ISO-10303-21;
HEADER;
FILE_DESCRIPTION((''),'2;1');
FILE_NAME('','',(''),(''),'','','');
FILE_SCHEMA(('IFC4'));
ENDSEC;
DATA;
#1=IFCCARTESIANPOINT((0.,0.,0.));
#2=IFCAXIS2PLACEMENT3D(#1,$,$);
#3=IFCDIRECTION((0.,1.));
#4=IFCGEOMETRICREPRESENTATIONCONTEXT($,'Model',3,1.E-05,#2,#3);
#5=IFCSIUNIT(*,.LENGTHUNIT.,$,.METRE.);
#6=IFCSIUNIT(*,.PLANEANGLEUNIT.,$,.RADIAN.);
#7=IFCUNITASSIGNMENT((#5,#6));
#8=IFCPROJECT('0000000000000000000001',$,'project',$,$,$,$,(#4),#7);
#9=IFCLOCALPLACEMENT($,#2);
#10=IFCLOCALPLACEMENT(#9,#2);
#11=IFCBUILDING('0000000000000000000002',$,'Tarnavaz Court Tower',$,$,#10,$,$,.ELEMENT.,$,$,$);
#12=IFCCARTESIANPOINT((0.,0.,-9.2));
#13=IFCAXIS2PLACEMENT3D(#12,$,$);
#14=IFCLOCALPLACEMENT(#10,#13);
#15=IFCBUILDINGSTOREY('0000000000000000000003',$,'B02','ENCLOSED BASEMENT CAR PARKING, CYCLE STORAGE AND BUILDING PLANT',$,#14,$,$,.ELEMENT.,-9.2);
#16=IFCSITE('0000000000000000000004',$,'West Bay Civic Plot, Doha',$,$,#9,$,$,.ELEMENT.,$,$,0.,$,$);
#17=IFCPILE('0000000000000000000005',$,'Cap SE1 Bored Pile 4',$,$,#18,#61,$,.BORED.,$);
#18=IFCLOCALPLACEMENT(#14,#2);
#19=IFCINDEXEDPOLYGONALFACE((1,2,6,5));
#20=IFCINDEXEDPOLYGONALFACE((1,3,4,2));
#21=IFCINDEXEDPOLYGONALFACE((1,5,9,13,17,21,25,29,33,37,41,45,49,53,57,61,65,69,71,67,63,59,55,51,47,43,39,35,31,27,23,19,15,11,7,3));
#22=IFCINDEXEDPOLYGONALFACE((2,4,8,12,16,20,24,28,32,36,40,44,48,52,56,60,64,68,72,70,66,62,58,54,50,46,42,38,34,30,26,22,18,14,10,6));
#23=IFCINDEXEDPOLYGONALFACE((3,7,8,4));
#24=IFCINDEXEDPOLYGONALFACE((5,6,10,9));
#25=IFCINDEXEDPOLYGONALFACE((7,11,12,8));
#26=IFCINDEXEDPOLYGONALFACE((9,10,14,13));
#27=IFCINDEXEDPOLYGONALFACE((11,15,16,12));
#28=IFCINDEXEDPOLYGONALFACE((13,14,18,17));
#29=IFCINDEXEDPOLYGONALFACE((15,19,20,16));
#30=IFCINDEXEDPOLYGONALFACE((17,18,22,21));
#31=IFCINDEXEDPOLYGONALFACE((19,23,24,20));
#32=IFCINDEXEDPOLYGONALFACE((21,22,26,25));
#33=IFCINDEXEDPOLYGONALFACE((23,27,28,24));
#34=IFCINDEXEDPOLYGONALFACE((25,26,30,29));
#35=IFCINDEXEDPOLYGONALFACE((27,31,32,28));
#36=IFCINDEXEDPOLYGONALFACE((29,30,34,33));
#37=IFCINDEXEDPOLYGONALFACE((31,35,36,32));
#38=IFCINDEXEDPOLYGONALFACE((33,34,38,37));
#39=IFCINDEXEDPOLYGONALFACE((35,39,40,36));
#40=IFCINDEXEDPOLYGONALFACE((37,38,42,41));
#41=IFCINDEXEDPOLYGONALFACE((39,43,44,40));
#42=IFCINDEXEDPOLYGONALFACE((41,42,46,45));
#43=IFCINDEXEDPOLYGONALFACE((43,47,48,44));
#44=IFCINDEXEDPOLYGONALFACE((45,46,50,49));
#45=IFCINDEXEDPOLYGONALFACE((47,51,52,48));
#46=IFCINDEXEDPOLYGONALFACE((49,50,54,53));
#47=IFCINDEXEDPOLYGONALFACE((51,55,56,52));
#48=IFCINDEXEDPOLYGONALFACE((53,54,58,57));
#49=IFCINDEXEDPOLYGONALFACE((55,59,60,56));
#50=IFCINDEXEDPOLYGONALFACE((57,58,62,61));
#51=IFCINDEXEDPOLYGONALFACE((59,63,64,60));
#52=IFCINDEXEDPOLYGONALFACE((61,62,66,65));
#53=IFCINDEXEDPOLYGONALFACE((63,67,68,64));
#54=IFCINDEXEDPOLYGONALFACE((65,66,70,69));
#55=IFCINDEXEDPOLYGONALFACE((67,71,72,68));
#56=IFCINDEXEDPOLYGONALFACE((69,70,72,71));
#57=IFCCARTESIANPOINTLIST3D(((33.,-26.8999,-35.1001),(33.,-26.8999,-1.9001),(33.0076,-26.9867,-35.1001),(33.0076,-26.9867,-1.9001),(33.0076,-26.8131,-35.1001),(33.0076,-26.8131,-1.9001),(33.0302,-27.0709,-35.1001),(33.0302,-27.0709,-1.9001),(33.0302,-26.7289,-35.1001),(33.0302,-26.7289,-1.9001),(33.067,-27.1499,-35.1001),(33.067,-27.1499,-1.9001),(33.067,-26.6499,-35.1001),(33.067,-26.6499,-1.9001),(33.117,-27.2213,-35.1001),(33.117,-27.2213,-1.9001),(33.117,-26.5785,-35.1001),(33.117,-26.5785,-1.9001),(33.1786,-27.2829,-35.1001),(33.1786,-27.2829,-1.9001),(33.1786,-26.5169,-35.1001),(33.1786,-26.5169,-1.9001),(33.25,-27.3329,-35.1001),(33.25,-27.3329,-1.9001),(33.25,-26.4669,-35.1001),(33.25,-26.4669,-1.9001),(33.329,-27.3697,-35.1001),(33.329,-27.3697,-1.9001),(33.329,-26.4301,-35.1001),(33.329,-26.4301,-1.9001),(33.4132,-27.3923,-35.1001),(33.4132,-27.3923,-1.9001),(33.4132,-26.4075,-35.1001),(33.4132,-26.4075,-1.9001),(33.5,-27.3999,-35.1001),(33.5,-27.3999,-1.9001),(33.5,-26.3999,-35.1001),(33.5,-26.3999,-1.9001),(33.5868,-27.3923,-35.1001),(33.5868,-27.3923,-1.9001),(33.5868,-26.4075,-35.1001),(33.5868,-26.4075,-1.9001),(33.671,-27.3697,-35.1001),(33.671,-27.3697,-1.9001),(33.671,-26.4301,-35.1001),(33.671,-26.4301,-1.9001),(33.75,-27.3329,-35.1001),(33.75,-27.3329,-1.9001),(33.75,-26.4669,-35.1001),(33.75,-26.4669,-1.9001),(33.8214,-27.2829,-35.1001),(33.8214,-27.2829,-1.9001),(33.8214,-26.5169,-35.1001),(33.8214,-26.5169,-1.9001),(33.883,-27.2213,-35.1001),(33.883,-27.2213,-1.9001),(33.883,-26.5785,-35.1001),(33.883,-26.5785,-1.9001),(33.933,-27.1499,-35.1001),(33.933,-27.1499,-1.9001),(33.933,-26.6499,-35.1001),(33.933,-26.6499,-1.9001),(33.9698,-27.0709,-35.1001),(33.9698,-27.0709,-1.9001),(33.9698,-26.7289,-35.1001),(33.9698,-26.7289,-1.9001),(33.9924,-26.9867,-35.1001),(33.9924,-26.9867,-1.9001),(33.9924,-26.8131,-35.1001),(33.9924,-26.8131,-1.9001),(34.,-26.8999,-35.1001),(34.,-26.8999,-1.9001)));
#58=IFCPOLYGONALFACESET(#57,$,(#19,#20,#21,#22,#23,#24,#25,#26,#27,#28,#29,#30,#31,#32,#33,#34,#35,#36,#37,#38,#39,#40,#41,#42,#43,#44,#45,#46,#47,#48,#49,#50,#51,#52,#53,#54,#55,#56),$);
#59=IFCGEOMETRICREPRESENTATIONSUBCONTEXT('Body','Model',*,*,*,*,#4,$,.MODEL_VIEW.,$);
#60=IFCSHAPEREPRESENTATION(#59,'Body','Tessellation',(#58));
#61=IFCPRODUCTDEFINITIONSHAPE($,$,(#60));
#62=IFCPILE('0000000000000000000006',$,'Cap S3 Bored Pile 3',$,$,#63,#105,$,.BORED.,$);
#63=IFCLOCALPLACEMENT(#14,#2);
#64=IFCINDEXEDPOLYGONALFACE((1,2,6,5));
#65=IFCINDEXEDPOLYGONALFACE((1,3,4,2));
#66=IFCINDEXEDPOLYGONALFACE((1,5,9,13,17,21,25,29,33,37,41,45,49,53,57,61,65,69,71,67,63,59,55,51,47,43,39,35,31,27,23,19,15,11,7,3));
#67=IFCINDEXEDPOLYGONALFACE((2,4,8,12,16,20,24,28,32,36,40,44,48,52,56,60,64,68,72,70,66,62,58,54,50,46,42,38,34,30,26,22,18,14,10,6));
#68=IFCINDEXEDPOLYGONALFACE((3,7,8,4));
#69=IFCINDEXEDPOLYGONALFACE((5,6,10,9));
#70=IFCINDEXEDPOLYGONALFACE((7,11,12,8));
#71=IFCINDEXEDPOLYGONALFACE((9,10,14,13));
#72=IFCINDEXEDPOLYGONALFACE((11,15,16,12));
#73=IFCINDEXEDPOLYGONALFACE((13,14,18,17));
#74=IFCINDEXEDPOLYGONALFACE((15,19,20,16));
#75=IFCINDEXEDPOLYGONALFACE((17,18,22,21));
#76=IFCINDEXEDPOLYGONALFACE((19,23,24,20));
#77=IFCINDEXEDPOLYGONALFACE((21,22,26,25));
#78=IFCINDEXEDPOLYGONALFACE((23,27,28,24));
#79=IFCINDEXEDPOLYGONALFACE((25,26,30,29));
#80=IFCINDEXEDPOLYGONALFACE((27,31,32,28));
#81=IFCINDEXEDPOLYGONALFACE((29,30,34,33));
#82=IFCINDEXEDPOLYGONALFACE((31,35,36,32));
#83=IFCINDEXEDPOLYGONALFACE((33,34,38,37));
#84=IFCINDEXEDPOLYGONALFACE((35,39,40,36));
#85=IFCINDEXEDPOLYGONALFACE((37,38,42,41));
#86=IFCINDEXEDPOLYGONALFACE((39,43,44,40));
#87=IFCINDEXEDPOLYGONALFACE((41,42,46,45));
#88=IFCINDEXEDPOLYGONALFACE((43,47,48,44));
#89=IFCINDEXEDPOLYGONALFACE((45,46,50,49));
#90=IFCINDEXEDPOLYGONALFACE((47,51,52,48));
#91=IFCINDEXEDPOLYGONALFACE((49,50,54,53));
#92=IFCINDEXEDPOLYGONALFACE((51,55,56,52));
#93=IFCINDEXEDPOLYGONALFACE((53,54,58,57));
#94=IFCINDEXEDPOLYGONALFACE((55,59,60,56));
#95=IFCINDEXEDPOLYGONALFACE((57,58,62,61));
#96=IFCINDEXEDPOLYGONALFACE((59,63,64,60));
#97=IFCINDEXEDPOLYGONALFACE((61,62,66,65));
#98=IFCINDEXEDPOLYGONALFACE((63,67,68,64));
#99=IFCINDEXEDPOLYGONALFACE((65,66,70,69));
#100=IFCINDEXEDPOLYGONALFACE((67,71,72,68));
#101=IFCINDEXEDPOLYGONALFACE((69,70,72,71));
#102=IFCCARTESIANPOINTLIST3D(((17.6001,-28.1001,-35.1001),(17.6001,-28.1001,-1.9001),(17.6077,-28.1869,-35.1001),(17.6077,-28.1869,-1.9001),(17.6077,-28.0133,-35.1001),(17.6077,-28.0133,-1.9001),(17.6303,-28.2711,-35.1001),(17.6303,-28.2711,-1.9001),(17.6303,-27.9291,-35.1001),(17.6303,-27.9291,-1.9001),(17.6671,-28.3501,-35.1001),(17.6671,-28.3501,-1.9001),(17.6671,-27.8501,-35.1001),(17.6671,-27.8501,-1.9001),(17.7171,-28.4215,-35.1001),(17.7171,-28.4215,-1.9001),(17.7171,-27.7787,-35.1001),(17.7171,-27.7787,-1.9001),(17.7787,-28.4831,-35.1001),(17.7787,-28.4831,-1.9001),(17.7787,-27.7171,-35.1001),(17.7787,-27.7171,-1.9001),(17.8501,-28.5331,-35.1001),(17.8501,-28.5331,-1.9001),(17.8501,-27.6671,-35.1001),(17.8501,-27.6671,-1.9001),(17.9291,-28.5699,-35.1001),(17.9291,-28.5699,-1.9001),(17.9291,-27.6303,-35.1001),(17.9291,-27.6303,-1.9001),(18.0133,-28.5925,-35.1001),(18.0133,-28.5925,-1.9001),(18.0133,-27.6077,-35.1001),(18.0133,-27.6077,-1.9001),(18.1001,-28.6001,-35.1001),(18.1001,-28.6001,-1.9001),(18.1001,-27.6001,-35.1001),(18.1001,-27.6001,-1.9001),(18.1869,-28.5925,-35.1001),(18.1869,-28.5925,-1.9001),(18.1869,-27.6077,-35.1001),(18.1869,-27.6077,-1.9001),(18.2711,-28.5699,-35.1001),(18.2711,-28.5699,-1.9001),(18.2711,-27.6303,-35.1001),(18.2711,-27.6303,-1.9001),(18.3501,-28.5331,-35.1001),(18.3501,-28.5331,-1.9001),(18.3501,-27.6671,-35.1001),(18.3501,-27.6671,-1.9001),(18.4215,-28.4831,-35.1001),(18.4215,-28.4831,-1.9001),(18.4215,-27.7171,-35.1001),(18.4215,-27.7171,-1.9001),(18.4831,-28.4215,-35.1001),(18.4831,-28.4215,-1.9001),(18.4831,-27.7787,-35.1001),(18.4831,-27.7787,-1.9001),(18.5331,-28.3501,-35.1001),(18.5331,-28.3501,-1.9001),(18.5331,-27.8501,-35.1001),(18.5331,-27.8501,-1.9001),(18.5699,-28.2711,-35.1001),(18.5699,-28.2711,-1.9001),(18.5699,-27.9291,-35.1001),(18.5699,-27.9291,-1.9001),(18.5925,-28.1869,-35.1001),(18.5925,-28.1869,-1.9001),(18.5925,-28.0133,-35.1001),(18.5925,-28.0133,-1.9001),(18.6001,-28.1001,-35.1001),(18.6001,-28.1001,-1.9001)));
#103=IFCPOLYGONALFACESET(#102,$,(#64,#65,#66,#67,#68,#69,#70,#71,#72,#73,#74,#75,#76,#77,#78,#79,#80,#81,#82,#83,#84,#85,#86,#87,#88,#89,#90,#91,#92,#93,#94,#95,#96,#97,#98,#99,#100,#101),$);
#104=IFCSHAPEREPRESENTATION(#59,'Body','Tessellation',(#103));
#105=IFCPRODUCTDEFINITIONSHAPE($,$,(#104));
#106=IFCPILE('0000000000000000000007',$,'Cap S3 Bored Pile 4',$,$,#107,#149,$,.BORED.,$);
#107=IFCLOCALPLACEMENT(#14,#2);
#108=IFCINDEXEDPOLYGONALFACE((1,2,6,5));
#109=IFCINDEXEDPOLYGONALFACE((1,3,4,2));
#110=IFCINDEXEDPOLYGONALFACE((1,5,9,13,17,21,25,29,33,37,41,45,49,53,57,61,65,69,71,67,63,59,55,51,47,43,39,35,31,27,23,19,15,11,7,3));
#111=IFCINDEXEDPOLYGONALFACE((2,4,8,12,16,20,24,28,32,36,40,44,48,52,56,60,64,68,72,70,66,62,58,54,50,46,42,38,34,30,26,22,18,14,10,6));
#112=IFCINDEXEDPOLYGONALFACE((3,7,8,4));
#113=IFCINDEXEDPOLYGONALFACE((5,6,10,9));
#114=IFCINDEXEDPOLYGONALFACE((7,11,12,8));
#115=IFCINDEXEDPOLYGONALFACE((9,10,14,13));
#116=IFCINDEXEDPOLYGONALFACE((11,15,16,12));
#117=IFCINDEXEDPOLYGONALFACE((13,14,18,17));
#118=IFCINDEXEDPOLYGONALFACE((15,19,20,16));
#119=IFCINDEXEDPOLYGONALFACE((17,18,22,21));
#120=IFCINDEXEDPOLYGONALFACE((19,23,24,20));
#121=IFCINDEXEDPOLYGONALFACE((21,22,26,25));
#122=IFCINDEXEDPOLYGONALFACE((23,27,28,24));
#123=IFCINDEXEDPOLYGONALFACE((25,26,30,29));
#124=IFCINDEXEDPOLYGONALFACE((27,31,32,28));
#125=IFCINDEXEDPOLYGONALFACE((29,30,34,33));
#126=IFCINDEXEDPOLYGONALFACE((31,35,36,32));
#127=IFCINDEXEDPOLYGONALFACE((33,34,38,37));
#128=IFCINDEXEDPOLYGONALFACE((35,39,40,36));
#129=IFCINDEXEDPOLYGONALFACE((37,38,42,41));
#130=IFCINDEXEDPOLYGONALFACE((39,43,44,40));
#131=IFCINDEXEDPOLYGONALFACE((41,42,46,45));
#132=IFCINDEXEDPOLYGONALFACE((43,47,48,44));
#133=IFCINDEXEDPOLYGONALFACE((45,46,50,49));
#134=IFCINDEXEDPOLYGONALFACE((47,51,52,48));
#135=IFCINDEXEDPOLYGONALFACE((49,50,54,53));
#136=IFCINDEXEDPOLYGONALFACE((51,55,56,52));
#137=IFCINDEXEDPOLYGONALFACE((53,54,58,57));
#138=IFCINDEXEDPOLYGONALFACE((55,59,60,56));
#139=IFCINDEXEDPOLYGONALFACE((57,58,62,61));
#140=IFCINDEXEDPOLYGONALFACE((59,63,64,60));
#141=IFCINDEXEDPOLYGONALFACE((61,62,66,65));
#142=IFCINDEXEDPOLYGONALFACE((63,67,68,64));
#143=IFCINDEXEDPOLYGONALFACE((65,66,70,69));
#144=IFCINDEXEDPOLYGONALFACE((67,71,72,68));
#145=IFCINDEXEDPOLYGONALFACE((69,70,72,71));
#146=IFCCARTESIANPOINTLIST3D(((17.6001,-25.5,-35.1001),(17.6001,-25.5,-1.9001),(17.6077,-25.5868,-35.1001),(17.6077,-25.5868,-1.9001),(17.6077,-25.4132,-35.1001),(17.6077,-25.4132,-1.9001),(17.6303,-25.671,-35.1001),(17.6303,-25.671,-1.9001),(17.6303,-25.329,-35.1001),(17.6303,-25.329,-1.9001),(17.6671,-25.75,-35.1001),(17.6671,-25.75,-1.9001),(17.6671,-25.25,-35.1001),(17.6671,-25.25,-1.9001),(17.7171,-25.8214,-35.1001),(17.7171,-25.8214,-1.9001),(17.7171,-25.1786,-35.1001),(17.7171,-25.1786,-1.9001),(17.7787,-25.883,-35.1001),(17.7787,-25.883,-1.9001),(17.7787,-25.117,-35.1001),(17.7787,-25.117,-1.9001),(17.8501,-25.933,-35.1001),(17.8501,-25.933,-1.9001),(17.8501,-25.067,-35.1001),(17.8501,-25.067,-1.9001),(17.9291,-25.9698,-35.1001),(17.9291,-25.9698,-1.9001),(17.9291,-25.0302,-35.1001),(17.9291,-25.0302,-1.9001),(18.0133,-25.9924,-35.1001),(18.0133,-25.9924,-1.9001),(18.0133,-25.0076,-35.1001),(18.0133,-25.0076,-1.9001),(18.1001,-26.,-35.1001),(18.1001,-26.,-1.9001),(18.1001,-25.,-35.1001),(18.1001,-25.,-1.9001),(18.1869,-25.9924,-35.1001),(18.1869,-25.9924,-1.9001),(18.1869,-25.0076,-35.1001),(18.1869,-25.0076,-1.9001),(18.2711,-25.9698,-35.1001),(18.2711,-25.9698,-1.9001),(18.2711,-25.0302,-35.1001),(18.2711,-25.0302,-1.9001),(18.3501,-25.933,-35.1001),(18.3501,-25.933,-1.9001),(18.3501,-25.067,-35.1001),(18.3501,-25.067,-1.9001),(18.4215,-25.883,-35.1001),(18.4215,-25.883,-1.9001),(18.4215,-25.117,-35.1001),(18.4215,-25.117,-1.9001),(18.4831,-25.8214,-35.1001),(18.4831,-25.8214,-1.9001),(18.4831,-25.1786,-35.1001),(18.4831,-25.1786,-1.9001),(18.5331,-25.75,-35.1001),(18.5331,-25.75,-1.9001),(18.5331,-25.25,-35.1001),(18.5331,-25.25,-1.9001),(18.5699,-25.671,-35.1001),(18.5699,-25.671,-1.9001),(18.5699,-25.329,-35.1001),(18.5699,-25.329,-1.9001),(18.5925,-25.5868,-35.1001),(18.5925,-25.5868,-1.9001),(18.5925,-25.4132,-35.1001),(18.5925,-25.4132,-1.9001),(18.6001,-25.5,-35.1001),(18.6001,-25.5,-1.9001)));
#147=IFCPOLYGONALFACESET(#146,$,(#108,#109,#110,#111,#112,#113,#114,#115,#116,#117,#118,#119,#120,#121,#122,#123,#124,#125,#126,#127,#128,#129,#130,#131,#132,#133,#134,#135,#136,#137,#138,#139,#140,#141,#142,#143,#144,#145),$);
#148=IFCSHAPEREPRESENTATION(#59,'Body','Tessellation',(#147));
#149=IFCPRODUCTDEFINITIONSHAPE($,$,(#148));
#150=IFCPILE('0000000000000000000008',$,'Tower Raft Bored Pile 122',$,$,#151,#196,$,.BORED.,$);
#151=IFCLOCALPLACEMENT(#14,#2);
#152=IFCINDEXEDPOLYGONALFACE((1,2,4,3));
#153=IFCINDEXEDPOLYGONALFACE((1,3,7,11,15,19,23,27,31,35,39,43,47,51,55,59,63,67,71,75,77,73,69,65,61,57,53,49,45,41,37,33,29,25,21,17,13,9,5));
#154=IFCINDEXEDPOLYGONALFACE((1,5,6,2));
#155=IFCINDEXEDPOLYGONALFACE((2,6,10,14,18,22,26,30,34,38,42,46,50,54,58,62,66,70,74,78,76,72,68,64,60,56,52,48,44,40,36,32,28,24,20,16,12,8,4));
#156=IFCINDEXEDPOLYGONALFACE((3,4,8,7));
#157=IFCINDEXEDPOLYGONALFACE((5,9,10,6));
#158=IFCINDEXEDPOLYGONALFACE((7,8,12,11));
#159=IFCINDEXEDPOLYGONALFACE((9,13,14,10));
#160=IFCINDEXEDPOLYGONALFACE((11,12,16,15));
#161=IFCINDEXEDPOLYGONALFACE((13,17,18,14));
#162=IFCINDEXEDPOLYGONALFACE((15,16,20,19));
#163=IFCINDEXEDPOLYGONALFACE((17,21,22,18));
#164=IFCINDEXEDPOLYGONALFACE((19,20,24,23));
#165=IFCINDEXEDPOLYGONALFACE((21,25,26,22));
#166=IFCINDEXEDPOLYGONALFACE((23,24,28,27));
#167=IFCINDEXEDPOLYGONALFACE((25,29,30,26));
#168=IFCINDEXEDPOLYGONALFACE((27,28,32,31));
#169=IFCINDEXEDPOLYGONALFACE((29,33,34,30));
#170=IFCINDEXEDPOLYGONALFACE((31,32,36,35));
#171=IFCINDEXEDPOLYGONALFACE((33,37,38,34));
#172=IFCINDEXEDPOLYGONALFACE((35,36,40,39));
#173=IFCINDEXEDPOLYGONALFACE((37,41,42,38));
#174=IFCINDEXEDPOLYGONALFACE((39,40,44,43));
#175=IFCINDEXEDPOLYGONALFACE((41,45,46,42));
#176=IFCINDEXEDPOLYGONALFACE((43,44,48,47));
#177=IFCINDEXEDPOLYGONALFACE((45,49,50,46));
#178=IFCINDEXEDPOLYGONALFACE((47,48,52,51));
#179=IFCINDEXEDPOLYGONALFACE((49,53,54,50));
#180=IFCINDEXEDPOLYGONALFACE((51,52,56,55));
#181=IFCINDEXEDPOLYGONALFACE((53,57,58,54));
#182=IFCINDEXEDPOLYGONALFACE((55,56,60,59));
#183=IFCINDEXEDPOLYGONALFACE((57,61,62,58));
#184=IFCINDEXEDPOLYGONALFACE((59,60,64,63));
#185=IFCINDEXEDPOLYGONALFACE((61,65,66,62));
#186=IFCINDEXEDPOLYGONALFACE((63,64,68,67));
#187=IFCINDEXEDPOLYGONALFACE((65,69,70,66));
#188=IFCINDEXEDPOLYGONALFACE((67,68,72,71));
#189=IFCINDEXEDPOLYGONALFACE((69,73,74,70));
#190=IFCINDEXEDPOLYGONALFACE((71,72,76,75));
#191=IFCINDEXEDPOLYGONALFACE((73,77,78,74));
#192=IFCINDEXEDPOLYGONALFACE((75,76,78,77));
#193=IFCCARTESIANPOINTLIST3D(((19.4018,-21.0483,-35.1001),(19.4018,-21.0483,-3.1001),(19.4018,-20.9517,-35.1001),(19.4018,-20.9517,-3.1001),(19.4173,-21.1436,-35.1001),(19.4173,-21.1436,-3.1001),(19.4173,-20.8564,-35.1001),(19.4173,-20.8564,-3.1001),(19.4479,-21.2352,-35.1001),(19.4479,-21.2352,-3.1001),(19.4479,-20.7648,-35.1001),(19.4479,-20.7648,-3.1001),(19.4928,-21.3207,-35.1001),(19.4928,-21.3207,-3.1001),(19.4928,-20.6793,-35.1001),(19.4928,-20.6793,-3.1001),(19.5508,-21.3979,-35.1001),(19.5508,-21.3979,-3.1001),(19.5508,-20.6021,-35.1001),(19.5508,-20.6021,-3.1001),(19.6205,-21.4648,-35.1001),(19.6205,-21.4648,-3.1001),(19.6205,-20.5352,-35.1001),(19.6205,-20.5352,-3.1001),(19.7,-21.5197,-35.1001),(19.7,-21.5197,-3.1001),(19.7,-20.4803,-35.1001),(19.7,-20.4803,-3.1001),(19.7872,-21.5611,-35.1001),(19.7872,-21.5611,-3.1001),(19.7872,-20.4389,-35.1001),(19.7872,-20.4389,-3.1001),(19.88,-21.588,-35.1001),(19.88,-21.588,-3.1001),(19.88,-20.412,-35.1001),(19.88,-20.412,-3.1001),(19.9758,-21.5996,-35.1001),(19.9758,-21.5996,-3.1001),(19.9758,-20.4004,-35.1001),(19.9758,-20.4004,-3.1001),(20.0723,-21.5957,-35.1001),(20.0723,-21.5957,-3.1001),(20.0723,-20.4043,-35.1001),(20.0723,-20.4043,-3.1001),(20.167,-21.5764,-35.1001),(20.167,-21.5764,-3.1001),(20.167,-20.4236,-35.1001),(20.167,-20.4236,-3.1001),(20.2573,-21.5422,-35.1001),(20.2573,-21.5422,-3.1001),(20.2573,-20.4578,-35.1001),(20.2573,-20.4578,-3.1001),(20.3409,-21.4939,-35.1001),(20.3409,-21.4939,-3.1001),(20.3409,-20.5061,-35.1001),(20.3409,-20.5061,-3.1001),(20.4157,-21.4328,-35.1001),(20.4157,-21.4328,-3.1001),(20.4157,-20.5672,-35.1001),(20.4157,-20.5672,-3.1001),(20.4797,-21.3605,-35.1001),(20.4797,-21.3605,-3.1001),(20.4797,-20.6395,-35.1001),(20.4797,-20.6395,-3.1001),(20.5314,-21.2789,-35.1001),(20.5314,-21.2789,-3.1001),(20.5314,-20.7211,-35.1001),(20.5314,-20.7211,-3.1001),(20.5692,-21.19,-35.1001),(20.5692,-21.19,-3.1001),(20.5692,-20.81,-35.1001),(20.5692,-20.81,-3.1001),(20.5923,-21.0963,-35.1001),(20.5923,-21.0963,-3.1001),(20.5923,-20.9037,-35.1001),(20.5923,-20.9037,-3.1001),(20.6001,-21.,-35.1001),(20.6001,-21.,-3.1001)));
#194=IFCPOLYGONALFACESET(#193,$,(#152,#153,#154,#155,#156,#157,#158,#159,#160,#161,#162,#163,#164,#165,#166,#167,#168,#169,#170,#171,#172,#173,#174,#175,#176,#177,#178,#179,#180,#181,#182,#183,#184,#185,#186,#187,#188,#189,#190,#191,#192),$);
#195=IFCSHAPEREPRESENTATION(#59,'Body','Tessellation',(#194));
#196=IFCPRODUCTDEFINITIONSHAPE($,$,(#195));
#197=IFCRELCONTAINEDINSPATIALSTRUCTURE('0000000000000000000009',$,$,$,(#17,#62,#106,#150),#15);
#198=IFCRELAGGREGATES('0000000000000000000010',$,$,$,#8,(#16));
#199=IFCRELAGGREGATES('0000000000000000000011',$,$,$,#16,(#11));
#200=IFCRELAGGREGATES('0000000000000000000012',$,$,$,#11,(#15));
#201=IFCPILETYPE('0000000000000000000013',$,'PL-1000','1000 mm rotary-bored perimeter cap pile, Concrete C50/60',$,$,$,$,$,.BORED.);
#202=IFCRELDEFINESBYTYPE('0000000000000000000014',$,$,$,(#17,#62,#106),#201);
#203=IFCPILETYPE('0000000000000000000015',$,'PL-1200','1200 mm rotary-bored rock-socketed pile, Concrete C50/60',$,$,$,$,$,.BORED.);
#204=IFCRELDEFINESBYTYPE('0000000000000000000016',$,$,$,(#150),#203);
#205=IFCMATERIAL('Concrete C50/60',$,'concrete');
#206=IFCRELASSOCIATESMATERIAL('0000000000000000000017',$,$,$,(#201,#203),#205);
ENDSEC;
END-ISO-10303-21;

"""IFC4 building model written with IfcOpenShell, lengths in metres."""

from ifc_helpers import new_model, si_unit, direction, frame, origin, origin_2d, place, context, subcontext, project, spatial, circle, extrude, material, material_profile, profile_set, type_object, element, save


model = new_model("IFC4")

# Units and contexts
model_context = context("Model", 3, precision=1e-05, world=origin(), true_north=direction((0.0, 1.0)))
body_context = subcontext(model_context, "Body", "Model", "MODEL_VIEW")
ifc_project = project(units=[si_unit("LENGTHUNIT", "METRE"), si_unit("PLANEANGLEUNIT", "RADIAN")], contexts=[model_context])

# Site, building, storey
site_placement = place(None, origin())
site = spatial("IfcSite", under=ifc_project, at=site_placement, Name="West Bay Civic Plot, Doha", CompositionType="ELEMENT", RefElevation=0.0)
building_placement = place(site_placement, origin())
building = spatial("IfcBuilding", under=site, at=building_placement, Name="Tarnavaz Court Tower", CompositionType="ELEMENT")
storey_placement = place(building_placement, frame((0.0, 0.0, -9.2)))
storey = spatial("IfcBuildingStorey", under=building, at=storey_placement, Name="B02", Description="ENCLOSED BASEMENT CAR PARKING, CYCLE STORAGE AND BUILDING PLANT", CompositionType="ELEMENT", Elevation=-9.2)

# Shared definitions
ifc_material_1 = material(Name="Concrete C50/60", Category="concrete")

# Piles
ifc_material_profile_1 = material_profile(ifc_material_1, circle(Radius=0.5, at=origin_2d()), Name="PILE D1000")
ifc_profile_set_1 = profile_set([ifc_material_profile_1], Name="Concrete C50/60")
pile_type_1 = type_object("IfcPileType", Name="PL-1000", Description="1000 mm rotary-bored perimeter cap pile, Concrete C50/60", PredefinedType="BORED", material=ifc_profile_set_1)
for number, where, z_axis, x_axis, name in (
    (1, (33.5, -26.8999, -1.9001), (0.0, 0.0, -1.0), (1.0, 0.0, 0.0), "Cap SE1 Bored Pile 4"),
    (2, (18.1001, -28.1001, -1.9001), (0.0, 0.0, -1.0), (1.0, 0.0, 0.0), "Cap S3 Bored Pile 3"),
    (3, (18.1001, -25.5, -1.9001), (0.0, 0.0, -1.0), (1.0, 0.0, 0.0), "Cap S3 Bored Pile 4"),
):
    element("IfcPile", number, at=place(storey_placement, frame(where, z_axis=z_axis, x_axis=x_axis)), inside=storey, type_object=pile_type_1, Name=name, PredefinedType="BORED", context=body_context, shape_type="SweptSolid", body=[
        extrude(circle(Radius=0.5, at=origin_2d()), origin(), (0.0, 0.0, 1.0), 33.2),
    ])
ifc_material_profile_2 = material_profile(ifc_material_1, circle(Radius=0.6001, at=origin_2d()), Name="PILE D1200")
ifc_profile_set_2 = profile_set([ifc_material_profile_2], Name="Concrete C50/60")
pile_type_2 = type_object("IfcPileType", Name="PL-1200", Description="1200 mm rotary-bored rock-socketed pile, Concrete C50/60", PredefinedType="BORED", material=ifc_profile_set_2)
for number, where, z_axis, x_axis, name in (
    (4, (20.0, -21.0, -3.1001), (0.0, 0.0, -1.0), (1.0, 0.0, 0.0), "Tower Raft Bored Pile 122"),
):
    element("IfcPile", number, at=place(storey_placement, frame(where, z_axis=z_axis, x_axis=x_axis)), inside=storey, type_object=pile_type_2, Name=name, PredefinedType="BORED", context=body_context, shape_type="SweptSolid", body=[
        extrude(circle(Radius=0.6001, at=origin_2d()), origin(), (0.0, 0.0, 1.0), 32.0),
    ])

save(model, "model.ifc")
